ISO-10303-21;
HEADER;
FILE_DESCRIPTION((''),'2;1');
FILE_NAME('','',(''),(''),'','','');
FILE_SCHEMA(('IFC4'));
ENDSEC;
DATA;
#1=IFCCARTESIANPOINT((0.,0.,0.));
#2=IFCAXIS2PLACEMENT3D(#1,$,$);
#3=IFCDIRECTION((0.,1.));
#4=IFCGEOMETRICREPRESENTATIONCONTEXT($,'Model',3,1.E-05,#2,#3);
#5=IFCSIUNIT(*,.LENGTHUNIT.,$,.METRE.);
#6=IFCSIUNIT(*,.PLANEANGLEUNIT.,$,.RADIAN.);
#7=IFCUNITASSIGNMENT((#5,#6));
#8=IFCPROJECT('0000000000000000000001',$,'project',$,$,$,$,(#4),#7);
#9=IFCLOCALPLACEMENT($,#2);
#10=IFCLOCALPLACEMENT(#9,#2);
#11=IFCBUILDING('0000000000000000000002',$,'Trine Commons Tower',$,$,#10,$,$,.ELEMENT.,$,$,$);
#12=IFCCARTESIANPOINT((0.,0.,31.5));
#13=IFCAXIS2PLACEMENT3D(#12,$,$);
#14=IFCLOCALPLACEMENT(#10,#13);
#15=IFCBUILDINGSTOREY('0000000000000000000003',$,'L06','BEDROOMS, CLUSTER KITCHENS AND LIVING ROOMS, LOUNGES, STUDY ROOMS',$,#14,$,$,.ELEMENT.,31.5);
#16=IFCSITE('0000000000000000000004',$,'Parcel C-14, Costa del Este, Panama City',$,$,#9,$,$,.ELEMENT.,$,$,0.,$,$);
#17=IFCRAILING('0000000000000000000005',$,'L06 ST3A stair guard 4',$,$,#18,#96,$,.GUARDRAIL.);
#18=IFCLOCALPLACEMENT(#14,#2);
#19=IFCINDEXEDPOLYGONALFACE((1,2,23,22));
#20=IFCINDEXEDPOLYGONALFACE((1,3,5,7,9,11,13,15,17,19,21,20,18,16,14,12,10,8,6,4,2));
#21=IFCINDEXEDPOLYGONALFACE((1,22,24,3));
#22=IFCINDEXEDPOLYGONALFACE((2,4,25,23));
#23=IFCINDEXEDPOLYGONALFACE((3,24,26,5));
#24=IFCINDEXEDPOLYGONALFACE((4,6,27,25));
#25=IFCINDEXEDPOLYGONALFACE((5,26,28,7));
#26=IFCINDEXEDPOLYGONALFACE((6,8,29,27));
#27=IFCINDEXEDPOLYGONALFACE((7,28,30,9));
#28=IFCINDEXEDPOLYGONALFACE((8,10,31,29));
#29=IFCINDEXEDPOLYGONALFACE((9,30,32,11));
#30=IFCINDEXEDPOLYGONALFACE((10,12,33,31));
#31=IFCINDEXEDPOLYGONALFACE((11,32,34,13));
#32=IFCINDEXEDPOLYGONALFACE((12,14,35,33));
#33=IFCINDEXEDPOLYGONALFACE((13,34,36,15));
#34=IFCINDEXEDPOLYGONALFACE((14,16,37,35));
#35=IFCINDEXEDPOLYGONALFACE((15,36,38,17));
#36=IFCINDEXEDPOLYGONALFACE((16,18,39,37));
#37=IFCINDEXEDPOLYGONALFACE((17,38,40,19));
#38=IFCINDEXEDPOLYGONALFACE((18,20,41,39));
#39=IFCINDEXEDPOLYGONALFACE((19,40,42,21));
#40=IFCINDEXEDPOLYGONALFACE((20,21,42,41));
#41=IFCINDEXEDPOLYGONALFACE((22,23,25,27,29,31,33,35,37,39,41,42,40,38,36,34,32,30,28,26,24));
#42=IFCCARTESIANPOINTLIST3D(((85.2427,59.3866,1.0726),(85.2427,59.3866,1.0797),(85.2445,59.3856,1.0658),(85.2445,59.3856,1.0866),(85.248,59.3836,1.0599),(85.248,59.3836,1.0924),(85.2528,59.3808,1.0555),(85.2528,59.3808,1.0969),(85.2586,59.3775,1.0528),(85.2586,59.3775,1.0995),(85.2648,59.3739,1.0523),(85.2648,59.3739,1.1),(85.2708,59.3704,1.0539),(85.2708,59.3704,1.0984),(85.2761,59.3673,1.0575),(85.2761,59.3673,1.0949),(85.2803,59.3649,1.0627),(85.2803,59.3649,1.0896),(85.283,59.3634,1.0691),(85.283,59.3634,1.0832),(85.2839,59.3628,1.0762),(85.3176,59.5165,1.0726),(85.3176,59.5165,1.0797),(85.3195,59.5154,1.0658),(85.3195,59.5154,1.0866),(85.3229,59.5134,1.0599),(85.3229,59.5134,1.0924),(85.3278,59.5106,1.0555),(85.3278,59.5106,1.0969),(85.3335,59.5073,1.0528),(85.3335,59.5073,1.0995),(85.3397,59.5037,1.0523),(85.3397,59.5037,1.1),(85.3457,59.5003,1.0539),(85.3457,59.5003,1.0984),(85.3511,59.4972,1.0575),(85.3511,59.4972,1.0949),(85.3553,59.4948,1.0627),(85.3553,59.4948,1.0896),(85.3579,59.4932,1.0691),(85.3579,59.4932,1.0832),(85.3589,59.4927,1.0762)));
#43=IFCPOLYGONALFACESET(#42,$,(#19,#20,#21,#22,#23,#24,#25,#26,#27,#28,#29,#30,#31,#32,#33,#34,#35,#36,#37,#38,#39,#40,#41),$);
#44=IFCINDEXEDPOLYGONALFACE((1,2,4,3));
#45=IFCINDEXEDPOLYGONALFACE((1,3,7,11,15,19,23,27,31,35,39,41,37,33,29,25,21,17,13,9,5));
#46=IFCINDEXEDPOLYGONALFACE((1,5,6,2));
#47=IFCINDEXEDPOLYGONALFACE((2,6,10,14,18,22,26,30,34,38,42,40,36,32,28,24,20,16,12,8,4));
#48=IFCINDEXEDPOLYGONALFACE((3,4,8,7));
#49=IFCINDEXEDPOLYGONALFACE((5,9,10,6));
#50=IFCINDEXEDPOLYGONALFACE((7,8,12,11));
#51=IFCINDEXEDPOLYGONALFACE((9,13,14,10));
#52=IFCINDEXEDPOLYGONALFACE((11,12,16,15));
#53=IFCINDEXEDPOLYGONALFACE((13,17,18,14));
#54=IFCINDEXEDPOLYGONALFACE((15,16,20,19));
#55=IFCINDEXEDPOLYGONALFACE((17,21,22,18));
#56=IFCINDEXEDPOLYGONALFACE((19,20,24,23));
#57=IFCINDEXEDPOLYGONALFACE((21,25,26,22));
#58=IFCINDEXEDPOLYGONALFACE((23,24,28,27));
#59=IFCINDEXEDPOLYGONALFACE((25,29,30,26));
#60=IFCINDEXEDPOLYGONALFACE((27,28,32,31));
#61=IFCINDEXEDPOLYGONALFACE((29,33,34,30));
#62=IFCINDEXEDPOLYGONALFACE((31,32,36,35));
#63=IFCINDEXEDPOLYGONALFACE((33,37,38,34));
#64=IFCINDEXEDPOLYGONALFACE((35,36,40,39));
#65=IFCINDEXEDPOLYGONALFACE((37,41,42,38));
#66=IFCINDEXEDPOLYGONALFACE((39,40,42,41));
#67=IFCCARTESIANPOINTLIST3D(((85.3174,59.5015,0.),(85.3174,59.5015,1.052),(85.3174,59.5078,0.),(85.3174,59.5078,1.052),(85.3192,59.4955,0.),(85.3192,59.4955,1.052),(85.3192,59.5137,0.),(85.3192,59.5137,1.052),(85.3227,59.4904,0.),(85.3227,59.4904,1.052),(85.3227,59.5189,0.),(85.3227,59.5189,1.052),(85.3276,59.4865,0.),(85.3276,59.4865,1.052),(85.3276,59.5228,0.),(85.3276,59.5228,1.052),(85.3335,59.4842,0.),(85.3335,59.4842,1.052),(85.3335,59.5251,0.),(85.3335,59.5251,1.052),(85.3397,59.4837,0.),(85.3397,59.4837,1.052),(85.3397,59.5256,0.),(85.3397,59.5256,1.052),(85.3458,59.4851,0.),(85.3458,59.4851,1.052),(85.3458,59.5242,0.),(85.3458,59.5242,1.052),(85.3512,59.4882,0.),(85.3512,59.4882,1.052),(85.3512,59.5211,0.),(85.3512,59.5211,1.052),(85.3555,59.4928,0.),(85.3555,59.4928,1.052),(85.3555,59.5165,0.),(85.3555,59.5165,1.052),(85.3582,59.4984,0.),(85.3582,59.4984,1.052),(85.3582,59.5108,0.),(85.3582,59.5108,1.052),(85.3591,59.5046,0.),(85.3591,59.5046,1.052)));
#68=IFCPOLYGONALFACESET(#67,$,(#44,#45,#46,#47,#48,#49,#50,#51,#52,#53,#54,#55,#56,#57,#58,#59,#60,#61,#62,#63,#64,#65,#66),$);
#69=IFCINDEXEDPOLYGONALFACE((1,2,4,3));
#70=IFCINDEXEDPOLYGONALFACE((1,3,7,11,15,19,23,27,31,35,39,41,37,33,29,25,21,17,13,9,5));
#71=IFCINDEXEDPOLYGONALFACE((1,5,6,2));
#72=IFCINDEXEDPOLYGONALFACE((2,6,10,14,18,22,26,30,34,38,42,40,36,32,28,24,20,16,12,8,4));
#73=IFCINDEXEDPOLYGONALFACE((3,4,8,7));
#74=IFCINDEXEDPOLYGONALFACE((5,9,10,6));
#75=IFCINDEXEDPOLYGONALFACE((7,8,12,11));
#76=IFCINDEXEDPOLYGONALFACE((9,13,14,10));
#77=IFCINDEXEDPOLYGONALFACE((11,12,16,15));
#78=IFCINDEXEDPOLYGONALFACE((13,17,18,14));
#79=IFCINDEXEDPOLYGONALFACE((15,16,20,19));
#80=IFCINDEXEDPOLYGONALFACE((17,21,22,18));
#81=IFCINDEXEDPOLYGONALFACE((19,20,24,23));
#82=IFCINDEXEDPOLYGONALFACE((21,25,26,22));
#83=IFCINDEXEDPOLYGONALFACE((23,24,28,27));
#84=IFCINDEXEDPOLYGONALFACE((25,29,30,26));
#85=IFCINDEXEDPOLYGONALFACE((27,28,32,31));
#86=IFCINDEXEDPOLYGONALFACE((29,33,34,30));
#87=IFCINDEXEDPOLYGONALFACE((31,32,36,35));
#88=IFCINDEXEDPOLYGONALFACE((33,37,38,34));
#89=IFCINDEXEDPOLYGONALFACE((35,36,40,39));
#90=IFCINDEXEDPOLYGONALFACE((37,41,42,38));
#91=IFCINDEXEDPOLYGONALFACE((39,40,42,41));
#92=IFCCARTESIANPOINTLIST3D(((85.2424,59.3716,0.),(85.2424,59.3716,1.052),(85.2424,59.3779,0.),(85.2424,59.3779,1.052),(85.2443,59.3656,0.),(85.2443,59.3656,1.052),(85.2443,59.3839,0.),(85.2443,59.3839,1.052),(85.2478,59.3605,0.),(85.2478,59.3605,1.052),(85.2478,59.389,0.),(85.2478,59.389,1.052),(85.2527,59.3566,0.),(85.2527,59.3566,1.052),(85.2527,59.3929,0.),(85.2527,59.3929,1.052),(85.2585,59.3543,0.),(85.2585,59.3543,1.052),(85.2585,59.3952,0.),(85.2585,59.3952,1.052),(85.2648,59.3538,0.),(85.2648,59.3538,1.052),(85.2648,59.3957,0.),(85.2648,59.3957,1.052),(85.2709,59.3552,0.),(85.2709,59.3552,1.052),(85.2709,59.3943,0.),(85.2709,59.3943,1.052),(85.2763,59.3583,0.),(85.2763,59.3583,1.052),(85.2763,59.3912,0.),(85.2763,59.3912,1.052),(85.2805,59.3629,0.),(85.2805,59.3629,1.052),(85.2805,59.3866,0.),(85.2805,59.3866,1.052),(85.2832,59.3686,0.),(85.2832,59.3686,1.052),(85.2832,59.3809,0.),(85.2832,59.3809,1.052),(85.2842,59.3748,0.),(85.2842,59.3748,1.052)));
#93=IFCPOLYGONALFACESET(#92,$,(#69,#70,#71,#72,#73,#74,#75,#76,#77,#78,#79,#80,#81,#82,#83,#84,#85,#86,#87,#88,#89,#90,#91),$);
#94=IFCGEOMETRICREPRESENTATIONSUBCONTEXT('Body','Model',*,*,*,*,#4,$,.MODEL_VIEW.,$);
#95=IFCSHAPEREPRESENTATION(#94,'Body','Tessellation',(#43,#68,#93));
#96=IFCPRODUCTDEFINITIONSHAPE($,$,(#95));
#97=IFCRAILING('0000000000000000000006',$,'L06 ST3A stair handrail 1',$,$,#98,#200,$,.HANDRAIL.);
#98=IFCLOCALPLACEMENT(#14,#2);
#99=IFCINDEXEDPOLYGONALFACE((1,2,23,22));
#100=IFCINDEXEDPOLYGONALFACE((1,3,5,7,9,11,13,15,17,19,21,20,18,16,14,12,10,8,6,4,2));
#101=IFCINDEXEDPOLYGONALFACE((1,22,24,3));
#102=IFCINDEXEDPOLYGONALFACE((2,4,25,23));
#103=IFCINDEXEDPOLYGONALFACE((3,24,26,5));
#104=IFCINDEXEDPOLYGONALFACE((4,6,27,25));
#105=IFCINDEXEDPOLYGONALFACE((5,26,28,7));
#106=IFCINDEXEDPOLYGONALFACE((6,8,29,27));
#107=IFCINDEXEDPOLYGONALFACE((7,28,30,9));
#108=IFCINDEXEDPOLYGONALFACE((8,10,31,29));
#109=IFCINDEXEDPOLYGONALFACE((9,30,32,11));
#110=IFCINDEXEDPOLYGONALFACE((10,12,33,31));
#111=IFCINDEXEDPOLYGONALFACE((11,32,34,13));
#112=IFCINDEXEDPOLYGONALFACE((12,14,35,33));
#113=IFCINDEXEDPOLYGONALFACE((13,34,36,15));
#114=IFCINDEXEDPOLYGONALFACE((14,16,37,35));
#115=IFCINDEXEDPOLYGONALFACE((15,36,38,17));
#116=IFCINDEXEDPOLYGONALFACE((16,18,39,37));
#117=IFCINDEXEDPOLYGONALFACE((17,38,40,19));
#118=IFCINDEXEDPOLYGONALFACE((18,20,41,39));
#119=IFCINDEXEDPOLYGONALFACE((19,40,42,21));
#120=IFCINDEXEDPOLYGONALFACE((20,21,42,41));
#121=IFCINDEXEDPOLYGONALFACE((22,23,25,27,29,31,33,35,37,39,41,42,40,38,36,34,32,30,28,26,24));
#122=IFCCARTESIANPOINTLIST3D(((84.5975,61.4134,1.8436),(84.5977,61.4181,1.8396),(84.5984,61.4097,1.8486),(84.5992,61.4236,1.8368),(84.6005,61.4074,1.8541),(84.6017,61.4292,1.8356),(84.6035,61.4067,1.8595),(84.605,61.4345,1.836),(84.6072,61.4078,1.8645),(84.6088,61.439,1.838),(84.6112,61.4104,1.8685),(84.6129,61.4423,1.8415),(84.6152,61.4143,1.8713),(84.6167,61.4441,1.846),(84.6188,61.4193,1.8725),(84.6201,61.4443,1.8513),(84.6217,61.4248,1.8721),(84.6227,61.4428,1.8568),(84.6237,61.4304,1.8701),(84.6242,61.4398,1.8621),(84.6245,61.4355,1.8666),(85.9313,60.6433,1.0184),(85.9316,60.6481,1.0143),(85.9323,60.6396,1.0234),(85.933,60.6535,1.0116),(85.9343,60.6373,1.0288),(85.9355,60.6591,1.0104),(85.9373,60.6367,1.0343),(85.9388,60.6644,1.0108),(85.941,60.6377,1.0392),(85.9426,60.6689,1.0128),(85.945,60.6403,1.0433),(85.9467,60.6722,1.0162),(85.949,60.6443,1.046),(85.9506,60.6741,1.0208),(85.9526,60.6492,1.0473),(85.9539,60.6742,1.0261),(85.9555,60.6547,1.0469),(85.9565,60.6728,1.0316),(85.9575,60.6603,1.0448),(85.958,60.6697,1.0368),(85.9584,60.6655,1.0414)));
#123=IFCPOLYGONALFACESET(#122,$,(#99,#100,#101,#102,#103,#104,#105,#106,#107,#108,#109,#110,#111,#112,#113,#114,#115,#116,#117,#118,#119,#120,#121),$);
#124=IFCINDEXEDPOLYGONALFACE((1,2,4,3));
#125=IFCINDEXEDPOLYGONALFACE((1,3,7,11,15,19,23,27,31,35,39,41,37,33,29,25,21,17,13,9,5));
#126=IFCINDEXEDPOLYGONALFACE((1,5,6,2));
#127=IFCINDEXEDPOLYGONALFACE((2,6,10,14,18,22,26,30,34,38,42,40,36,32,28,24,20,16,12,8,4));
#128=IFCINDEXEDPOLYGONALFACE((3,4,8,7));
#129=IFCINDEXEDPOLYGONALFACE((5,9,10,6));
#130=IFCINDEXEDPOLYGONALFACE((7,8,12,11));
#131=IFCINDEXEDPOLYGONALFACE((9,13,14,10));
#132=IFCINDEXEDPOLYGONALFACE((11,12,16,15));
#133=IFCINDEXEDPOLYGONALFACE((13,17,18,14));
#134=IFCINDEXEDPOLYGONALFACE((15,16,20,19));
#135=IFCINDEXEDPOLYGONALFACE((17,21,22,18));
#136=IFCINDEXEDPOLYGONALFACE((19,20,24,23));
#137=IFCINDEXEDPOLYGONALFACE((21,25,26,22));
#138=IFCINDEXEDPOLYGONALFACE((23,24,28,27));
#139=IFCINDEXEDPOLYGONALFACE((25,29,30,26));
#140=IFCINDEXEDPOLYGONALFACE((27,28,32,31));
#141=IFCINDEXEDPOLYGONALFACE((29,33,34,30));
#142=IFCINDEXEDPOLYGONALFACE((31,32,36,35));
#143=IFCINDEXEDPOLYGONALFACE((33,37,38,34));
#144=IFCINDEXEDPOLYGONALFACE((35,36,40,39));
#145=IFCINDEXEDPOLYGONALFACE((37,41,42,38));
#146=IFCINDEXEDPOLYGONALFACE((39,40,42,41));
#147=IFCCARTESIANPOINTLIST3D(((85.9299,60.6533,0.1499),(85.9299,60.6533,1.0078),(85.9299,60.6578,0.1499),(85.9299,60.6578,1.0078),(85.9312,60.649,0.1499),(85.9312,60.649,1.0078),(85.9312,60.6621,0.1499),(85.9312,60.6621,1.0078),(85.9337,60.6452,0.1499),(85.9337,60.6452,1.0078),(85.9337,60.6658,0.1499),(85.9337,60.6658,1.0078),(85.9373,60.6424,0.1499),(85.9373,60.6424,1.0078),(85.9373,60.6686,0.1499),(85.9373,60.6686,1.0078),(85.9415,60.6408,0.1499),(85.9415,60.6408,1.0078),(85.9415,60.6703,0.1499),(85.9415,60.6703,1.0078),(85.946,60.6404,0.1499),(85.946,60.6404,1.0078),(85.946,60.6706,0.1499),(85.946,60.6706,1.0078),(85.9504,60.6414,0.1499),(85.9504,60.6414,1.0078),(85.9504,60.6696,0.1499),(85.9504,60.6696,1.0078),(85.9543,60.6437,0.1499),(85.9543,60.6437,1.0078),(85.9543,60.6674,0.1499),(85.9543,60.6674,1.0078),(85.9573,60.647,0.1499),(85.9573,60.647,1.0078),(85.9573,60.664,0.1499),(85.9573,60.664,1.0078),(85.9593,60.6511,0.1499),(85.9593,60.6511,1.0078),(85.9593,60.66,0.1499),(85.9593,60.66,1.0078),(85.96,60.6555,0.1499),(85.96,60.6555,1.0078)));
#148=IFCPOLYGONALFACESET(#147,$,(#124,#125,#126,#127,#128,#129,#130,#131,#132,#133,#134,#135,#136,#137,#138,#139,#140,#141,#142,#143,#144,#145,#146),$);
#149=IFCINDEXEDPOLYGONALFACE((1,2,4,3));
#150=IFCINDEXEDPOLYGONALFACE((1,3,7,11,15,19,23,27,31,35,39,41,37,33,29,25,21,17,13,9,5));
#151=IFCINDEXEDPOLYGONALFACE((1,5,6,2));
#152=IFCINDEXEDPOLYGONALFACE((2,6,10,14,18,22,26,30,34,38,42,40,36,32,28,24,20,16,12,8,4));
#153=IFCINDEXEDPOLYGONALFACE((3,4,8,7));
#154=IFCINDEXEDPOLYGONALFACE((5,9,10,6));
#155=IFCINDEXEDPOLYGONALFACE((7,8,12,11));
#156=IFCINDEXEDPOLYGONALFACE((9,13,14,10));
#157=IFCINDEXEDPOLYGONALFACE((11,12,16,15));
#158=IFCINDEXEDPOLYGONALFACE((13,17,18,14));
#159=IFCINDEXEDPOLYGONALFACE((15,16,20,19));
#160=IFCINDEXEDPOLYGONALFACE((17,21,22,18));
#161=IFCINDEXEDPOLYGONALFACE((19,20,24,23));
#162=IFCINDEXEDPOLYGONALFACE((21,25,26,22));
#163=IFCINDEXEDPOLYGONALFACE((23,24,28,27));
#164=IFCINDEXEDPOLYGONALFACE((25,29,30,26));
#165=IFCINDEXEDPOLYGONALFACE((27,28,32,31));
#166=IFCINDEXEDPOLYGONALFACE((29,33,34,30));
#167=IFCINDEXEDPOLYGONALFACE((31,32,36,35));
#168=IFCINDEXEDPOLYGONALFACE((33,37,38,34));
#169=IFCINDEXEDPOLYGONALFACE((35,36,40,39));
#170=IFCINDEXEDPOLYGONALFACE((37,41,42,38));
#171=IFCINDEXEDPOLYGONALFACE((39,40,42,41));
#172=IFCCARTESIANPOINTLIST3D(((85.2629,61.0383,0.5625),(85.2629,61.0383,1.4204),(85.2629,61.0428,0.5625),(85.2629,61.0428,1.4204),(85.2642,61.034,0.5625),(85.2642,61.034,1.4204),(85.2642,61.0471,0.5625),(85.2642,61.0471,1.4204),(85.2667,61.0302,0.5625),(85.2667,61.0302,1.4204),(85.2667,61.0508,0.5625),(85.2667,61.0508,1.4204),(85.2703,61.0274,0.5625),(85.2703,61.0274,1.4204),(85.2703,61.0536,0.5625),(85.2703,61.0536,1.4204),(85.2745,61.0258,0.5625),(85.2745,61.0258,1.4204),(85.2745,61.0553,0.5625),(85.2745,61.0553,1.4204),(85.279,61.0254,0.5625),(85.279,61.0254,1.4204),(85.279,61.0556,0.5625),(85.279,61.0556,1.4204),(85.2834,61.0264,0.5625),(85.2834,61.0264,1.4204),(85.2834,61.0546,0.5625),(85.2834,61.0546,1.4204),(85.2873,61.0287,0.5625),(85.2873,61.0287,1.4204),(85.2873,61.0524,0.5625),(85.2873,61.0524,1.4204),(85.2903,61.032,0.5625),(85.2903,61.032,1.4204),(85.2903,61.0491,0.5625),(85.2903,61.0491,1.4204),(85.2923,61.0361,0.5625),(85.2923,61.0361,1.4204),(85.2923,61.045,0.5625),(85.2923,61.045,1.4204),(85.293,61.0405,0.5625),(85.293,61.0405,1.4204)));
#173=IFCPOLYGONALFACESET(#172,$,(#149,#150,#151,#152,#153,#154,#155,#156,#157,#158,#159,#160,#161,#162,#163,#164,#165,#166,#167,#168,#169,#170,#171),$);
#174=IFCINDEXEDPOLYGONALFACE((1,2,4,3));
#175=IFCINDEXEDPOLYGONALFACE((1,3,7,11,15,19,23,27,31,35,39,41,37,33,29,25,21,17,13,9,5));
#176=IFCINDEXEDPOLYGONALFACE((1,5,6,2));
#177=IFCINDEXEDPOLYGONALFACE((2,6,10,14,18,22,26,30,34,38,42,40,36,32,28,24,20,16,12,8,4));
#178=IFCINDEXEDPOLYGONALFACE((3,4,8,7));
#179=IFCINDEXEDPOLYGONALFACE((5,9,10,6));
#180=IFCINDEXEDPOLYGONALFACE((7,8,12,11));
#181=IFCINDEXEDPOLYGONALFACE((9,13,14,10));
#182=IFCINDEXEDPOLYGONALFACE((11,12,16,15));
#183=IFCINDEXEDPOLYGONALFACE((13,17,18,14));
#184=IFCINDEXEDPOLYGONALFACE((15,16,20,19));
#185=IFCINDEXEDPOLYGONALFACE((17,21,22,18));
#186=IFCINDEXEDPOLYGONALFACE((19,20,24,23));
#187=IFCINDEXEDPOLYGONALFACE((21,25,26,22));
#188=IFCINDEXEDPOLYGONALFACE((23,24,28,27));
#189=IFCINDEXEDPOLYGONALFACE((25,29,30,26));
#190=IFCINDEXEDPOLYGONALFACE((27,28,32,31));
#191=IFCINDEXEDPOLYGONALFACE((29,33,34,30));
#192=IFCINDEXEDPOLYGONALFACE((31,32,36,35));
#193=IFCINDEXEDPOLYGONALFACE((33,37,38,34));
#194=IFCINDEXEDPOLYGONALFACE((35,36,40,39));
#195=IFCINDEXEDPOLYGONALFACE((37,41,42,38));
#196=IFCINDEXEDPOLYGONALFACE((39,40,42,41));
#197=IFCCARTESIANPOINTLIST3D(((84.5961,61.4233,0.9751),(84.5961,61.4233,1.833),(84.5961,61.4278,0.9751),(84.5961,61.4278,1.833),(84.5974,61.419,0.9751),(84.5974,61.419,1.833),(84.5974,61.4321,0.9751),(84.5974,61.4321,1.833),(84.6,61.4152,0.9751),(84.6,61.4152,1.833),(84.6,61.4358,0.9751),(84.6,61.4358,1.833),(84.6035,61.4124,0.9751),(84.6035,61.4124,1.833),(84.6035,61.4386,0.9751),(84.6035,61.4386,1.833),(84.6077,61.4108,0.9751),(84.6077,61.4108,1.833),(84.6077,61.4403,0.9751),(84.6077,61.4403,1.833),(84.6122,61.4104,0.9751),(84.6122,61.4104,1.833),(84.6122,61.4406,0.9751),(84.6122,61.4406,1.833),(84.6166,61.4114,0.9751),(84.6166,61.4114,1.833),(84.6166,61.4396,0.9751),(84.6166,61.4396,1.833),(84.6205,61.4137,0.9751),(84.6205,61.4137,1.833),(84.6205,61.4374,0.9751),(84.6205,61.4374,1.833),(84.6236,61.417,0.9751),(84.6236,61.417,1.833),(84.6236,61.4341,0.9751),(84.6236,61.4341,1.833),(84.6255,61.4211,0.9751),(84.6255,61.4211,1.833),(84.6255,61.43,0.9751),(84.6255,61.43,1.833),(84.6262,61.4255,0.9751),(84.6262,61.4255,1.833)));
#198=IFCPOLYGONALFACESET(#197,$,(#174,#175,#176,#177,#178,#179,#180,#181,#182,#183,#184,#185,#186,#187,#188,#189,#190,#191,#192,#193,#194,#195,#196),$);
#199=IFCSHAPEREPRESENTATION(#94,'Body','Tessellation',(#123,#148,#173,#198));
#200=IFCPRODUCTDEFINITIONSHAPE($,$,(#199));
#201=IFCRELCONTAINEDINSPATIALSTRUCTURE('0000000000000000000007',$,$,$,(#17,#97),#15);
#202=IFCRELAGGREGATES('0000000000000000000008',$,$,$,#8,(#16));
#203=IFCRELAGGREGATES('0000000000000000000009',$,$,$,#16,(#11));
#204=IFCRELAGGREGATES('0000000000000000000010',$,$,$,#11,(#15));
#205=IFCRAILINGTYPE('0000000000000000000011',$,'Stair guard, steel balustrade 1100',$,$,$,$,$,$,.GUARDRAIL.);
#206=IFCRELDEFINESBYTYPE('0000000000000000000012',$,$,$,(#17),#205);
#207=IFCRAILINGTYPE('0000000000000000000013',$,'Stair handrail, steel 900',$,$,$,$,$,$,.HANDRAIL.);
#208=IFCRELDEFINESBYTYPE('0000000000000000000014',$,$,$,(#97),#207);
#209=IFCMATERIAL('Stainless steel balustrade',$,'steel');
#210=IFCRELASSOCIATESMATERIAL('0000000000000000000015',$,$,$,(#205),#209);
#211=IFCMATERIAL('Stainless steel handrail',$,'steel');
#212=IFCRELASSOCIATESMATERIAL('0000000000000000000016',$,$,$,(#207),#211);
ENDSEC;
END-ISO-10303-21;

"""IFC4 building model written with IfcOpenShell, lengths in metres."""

from ifc_helpers import new_model, si_unit, direction, frame, origin, origin_2d, place, context, subcontext, project, spatial, circle, extrude, material, type_object, element, save


model = new_model("IFC4")

# Units and contexts
model_context = context("Model", 3, precision=1e-05, world=origin(), true_north=direction((0.0, 1.0)))
body_context = subcontext(model_context, "Body", "Model", "MODEL_VIEW")
ifc_project = project(units=[si_unit("LENGTHUNIT", "METRE"), si_unit("PLANEANGLEUNIT", "RADIAN")], contexts=[model_context])

# Site, building, storey
site_placement = place(None, origin())
site = spatial("IfcSite", under=ifc_project, at=site_placement, Name="Parcel C-14, Costa del Este, Panama City", CompositionType="ELEMENT", RefElevation=0.0)
building_placement = place(site_placement, origin())
building = spatial("IfcBuilding", under=site, at=building_placement, Name="Trine Commons Tower", CompositionType="ELEMENT")
storey_placement = place(building_placement, frame((0.0, 0.0, 31.5)))
storey = spatial("IfcBuildingStorey", under=building, at=storey_placement, Name="L06", Description="BEDROOMS, CLUSTER KITCHENS AND LIVING ROOMS, LOUNGES, STUDY ROOMS", CompositionType="ELEMENT", Elevation=31.5)

# Railings
ifc_material_1 = material(Name="Stainless steel balustrade", Category="steel")
railing_type_1 = type_object("IfcRailingType", Name="Stair guard, steel balustrade 1100", PredefinedType="GUARDRAIL", material=ifc_material_1)
railing_1_placement = place(storey_placement, frame((85.3381, 59.5046, 0.0)))
element("IfcRailing", 1, at=railing_1_placement, inside=storey, type_object=railing_type_1, Name="L06 ST3A stair guard 4", PredefinedType="GUARDRAIL", context=body_context, shape_type="SweptSolid", body=[
    extrude(circle(Radius=0.0239, at=origin_2d()), frame((0.0, 0.0, 1.0762), z_axis=(-0.499816, -0.866131, 0.0), x_axis=(0.866131, -0.499816, 0.0)), (0.0, 0.0, 1.0), 0.1499),
    extrude(circle(Radius=0.021, at=origin_2d()), origin(), (0.0, 0.0, 1.0), 1.052),
    extrude(circle(Radius=0.021, at=origin_2d()), frame((-0.075, -0.1299, 0.0)), (0.0, 0.0, 1.0), 1.052),
])
ifc_material_2 = material(Name="Stainless steel handrail", Category="steel")
railing_type_2 = type_object("IfcRailingType", Name="Stair handrail, steel 900", PredefinedType="HANDRAIL", material=ifc_material_2)
railing_2_placement = place(storey_placement, frame((85.9448, 60.6555, 0.1499)))
element("IfcRailing", 2, at=railing_2_placement, inside=storey, type_object=railing_type_2, Name="L06 ST3A stair handrail 1", PredefinedType="HANDRAIL", context=body_context, shape_type="SweptSolid", body=[
    extrude(circle(Radius=0.021, at=origin_2d()), frame((0.0, 0.0, 0.8789), z_axis=(-0.763355, 0.440714, 0.472293), x_axis=(-0.499992, -0.86603, 0.0)), (0.0, 0.0, 1.0), 1.7473),
    extrude(circle(Radius=0.0151, at=origin_2d()), origin(), (0.0, 0.0, 1.0), 0.8579),
    extrude(circle(Radius=0.0151, at=origin_2d()), frame((-0.667, 0.385, 0.4126)), (0.0, 0.0, 1.0), 0.8579),
    extrude(circle(Radius=0.0151, at=origin_2d()), frame((-1.3337, 0.77, 0.8252)), (0.0, 0.0, 1.0), 0.8579),
])

save(model, "model.ifc")
